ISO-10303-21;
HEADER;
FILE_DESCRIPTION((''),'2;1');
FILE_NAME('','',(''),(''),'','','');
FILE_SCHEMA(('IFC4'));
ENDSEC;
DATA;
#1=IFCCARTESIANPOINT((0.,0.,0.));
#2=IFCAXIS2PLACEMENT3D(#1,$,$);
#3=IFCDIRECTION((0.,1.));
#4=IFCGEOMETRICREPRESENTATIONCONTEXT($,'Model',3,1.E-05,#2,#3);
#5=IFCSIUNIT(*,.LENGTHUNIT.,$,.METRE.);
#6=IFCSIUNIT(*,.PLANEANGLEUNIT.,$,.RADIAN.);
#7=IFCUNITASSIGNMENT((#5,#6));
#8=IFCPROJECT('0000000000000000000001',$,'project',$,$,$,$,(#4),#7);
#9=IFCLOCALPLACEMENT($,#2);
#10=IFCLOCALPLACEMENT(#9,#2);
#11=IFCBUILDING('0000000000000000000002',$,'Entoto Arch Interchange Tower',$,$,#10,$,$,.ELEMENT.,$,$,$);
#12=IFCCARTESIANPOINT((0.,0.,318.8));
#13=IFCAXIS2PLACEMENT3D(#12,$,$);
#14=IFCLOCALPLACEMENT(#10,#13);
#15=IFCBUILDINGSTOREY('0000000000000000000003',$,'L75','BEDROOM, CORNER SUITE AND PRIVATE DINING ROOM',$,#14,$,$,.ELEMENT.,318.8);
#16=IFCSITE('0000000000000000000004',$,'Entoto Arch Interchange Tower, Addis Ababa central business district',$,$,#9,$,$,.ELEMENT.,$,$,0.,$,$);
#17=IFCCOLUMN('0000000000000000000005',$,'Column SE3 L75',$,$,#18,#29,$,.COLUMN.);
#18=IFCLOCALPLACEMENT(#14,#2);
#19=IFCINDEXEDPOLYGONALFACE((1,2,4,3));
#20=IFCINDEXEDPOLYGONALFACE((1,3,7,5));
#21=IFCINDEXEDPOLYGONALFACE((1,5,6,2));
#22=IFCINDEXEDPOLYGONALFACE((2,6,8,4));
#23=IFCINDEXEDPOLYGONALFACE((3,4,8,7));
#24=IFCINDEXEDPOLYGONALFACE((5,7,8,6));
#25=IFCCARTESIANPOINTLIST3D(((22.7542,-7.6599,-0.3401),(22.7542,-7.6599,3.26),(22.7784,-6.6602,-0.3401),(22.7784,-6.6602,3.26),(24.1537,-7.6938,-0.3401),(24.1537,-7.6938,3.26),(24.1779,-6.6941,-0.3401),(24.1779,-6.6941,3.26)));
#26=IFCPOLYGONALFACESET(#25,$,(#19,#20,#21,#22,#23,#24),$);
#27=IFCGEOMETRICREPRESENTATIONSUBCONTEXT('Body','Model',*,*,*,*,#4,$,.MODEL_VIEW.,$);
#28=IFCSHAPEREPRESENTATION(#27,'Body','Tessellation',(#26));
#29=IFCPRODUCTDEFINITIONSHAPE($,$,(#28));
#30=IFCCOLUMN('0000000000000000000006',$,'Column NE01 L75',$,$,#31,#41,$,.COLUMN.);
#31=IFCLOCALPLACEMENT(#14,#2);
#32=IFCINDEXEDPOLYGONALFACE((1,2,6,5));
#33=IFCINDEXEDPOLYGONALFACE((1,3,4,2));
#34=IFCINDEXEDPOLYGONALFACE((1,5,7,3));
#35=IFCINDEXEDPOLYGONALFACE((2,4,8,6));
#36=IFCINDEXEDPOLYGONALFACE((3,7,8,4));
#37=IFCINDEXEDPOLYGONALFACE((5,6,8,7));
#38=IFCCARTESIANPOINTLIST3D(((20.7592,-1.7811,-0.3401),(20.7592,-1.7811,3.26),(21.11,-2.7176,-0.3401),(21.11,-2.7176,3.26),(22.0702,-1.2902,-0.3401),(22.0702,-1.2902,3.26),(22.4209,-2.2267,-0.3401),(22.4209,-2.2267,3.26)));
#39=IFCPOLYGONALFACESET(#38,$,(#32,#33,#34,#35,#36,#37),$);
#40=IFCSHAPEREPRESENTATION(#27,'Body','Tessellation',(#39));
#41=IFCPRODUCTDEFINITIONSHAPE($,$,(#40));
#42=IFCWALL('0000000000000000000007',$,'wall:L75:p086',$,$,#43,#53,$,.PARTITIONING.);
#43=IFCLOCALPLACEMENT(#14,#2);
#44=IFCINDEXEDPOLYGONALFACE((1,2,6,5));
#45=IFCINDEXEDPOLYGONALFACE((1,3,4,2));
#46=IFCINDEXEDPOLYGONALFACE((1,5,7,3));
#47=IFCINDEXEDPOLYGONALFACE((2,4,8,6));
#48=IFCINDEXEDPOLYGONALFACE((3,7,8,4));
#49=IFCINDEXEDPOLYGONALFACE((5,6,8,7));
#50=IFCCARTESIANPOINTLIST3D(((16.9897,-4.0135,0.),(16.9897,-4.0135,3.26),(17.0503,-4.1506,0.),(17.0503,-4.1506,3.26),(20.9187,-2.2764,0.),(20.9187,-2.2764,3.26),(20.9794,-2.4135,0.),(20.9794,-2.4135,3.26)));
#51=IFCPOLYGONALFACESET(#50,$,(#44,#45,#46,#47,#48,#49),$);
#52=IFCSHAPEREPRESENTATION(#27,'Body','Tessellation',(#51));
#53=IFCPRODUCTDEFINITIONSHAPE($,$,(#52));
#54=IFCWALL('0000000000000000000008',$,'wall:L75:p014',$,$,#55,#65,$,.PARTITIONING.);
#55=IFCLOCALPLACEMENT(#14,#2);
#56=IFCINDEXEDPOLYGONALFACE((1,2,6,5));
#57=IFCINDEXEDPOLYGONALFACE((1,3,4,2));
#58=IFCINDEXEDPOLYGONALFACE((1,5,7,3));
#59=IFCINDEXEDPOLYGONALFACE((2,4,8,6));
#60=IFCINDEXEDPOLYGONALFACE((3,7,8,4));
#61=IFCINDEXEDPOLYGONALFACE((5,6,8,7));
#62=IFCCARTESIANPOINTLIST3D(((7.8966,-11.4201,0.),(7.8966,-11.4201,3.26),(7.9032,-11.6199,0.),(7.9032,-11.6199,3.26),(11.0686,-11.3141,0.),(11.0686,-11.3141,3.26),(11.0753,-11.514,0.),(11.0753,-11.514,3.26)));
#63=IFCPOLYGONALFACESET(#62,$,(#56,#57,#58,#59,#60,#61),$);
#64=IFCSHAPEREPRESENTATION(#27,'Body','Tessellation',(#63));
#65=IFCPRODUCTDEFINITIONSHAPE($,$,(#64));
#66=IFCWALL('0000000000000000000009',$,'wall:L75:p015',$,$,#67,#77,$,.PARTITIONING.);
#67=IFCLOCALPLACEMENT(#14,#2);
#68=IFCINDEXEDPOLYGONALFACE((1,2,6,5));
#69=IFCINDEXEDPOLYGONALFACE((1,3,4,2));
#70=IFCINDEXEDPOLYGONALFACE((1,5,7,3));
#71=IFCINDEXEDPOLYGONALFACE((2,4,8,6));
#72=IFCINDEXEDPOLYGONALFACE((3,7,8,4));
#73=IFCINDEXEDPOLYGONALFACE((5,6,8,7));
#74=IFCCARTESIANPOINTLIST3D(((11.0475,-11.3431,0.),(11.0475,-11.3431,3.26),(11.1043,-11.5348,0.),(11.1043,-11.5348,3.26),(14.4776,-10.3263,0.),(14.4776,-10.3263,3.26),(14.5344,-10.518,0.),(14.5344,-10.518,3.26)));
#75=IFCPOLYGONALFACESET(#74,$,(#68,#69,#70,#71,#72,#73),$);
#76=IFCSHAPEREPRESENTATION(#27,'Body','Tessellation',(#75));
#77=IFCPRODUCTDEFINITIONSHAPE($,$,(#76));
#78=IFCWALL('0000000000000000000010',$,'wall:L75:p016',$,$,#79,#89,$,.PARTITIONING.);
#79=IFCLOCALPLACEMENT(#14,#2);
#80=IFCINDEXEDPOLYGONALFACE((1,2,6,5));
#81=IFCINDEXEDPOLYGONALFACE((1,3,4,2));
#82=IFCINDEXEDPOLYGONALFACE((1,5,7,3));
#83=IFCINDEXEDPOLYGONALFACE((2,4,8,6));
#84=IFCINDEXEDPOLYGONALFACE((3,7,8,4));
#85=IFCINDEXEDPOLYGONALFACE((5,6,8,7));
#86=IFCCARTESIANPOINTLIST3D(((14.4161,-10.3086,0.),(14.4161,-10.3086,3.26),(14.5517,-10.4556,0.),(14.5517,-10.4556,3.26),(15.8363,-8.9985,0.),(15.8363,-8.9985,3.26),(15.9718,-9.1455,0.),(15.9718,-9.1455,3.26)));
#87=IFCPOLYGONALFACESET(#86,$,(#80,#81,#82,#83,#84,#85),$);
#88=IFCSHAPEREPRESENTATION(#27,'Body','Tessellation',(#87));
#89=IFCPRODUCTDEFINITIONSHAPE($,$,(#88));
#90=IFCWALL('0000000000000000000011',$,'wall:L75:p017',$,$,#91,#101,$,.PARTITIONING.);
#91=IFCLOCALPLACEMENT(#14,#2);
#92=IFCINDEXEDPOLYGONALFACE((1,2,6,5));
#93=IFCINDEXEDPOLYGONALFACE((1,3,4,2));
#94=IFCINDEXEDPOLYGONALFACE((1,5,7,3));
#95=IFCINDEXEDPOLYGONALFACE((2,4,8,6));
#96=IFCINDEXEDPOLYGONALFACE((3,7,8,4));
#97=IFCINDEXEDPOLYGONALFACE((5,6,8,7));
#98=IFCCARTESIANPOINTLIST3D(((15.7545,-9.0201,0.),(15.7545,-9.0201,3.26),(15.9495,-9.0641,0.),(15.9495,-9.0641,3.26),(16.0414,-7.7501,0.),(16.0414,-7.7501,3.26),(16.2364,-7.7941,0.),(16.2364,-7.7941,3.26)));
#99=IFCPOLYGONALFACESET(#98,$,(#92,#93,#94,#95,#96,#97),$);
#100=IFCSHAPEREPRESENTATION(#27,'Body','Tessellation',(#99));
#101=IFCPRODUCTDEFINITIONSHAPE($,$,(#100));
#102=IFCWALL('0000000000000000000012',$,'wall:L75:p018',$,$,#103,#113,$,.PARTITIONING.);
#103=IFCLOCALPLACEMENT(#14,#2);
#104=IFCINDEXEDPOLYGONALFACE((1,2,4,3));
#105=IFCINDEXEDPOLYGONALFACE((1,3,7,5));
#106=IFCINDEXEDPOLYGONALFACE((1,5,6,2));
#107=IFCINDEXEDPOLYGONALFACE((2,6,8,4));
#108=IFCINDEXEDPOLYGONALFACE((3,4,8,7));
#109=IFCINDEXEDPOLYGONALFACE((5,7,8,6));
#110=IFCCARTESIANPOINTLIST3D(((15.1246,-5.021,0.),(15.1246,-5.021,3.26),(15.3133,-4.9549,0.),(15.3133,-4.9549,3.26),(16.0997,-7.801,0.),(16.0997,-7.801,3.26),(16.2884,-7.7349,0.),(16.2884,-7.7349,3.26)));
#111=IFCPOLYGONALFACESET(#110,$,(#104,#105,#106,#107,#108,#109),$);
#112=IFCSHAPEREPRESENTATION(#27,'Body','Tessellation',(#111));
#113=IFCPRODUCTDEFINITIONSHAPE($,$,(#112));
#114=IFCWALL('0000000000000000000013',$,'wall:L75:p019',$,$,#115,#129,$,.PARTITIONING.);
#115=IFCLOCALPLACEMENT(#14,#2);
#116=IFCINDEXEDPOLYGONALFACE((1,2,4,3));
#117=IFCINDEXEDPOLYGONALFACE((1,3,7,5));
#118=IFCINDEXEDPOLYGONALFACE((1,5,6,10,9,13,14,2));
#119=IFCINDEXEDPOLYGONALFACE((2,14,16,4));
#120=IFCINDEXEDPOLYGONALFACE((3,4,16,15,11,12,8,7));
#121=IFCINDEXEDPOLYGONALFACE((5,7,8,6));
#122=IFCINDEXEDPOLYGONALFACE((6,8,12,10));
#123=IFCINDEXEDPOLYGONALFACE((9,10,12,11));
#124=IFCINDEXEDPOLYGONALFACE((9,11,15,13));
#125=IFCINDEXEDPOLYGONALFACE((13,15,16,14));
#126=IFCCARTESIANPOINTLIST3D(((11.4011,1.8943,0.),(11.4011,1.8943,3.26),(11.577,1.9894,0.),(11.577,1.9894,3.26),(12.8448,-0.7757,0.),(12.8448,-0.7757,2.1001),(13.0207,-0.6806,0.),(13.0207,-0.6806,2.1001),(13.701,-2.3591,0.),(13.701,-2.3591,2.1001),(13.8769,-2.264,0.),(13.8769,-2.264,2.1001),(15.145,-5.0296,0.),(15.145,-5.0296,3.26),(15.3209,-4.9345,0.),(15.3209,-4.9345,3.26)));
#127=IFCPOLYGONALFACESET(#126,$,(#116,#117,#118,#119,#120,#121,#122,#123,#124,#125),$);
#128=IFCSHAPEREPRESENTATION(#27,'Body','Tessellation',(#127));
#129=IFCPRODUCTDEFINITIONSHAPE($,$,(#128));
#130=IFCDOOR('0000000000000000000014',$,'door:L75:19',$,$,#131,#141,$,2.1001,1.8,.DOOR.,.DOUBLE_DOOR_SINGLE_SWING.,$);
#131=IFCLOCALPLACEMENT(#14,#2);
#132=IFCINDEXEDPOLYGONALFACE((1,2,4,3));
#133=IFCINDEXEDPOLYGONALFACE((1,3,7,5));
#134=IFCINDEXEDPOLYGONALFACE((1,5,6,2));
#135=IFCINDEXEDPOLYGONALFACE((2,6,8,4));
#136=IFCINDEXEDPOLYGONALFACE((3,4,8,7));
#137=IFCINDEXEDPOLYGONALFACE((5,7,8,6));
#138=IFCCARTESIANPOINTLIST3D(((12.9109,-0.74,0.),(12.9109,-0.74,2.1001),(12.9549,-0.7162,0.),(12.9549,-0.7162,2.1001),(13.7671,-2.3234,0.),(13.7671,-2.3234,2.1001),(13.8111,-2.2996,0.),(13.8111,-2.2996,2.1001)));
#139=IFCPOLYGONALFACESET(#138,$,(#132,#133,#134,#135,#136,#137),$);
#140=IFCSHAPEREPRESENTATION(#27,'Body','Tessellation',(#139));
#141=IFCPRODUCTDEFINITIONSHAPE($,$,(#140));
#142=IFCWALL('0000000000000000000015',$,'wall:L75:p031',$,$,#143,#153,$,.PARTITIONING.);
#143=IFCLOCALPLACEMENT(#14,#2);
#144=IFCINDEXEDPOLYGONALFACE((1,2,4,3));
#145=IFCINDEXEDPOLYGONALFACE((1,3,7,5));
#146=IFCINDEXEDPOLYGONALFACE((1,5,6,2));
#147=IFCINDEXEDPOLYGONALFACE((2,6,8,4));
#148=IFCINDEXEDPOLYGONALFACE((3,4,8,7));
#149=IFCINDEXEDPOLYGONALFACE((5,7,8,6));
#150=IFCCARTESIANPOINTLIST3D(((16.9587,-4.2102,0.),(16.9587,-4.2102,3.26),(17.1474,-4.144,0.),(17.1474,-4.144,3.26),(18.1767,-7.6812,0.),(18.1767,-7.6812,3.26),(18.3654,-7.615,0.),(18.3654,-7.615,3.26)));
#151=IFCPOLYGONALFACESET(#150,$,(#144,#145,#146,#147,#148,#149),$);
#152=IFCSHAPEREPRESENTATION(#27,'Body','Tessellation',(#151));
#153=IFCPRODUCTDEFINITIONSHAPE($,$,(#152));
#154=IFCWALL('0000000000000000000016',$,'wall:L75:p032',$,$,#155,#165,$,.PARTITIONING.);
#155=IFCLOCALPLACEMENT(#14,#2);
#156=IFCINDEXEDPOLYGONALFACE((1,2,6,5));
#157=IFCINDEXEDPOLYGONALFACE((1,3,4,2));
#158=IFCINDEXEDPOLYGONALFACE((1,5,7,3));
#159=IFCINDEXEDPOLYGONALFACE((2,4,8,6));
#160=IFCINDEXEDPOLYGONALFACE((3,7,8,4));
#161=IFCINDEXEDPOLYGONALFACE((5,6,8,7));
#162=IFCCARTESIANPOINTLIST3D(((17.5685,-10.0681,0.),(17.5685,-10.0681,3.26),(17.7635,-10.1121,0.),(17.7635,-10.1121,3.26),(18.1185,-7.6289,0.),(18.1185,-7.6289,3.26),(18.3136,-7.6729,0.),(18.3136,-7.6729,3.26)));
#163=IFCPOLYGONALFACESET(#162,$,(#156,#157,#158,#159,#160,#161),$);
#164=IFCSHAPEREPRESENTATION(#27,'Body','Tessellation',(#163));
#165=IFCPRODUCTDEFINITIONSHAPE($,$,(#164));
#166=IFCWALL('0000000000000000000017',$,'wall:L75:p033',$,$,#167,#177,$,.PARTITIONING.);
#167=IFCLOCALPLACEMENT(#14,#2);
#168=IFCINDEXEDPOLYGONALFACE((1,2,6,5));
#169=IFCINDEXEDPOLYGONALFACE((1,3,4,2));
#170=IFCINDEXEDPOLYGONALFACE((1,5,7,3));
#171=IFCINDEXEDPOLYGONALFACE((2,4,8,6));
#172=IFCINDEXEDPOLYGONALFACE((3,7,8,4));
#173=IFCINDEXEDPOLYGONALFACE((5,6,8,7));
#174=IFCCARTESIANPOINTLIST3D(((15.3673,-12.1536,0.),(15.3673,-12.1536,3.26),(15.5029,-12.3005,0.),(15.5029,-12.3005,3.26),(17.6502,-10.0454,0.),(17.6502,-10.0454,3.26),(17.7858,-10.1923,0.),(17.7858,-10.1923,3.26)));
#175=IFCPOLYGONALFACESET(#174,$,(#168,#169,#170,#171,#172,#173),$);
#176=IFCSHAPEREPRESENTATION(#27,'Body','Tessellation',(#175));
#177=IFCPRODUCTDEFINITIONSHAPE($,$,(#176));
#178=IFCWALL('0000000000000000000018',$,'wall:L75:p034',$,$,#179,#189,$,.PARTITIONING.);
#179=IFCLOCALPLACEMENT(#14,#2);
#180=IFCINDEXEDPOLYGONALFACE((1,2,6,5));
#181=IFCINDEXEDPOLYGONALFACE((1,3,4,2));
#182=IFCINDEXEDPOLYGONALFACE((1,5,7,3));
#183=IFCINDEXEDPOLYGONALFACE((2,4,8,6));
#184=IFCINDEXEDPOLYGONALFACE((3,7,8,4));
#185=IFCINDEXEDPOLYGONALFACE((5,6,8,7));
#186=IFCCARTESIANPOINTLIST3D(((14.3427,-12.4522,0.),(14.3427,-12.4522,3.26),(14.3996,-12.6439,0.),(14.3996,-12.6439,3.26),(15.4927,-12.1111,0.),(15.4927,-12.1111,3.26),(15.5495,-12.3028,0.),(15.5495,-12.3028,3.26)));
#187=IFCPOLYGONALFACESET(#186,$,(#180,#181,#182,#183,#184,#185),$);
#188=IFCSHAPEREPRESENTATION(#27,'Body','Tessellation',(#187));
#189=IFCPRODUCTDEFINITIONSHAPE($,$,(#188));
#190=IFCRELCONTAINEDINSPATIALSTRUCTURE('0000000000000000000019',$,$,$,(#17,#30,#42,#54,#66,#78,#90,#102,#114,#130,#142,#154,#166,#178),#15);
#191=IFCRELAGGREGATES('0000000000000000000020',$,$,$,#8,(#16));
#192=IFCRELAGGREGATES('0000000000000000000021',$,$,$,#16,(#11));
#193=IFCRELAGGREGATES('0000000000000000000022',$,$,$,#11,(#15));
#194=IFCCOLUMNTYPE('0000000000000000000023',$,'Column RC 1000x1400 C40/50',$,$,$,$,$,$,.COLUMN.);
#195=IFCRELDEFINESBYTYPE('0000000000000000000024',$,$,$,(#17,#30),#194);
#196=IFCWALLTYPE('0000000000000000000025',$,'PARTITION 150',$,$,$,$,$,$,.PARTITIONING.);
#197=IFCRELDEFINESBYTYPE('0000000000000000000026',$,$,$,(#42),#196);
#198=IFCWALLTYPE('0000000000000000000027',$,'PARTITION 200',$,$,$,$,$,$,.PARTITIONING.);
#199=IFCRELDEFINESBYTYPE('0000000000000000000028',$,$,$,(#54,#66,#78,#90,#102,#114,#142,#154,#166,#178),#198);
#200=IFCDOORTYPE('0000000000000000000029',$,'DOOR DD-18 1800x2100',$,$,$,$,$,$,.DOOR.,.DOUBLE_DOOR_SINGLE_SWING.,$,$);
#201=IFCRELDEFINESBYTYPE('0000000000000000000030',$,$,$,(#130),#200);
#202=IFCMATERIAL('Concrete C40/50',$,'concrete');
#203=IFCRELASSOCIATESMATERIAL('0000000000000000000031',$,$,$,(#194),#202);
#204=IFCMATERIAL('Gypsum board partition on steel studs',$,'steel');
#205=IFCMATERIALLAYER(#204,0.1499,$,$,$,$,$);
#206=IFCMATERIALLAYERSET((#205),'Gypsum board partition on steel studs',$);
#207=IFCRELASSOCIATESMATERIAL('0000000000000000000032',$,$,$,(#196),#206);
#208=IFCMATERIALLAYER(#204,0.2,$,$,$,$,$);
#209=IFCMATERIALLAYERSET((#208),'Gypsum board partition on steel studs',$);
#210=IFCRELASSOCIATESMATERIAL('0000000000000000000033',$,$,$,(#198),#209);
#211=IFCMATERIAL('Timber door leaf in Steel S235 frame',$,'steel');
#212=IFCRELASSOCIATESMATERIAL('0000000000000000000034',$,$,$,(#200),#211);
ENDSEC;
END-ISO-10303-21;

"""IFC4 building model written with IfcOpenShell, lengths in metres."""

from ifc_helpers import new_model, si_unit, direction, frame, frame_2d, origin, origin_2d, place, context, subcontext, project, spatial, rectangle, extrude, material, layer, layer_set, material_profile, profile_set, type_object, element, fill, save


model = new_model("IFC4")

# Units and contexts
model_context = context("Model", 3, precision=1e-05, world=origin(), true_north=direction((0.0, 1.0)))
body_context = subcontext(model_context, "Body", "Model", "MODEL_VIEW")
ifc_project = project(units=[si_unit("LENGTHUNIT", "METRE"), si_unit("PLANEANGLEUNIT", "RADIAN")], contexts=[model_context])

# Site, building, storey
site_placement = place(None, origin())
site = spatial("IfcSite", under=ifc_project, at=site_placement, Name="Entoto Arch Interchange Tower, Addis Ababa central business district", CompositionType="ELEMENT", RefElevation=0.0)
building_placement = place(site_placement, origin())
building = spatial("IfcBuilding", under=site, at=building_placement, Name="Entoto Arch Interchange Tower", CompositionType="ELEMENT")
storey_placement = place(building_placement, frame((0.0, 0.0, 318.8)))
storey = spatial("IfcBuildingStorey", under=building, at=storey_placement, Name="L75", Description="BEDROOM, CORNER SUITE AND PRIVATE DINING ROOM", CompositionType="ELEMENT", Elevation=318.8)

# Columns
ifc_material_1 = material(Name="Concrete C40/50", Category="concrete")
ifc_material_profile = material_profile(ifc_material_1, rectangle(XDim=1.0, YDim=1.3999, at=origin_2d()))
ifc_profile_set = profile_set([ifc_material_profile], Name="Concrete C40/50")
column_type = type_object("IfcColumnType", Name="Column RC 1000x1400 C40/50", PredefinedType="COLUMN", material=ifc_profile_set)
for number, where, z_axis, x_axis, name in (
    (1, (23.4661, -7.177, -0.3401), (0.0, 0.0, 1.0), (0.024258, 0.999706, 0.0), "Column SE3 L75"),
    (2, (21.5901, -2.0039, -0.3401), (0.0, 0.0, 1.0), (-0.350714, 0.936483, 0.0), "Column NE01 L75"),
):
    element("IfcColumn", number, at=place(storey_placement, frame(where, z_axis=z_axis, x_axis=x_axis)), inside=storey, type_object=column_type, Name=name, PredefinedType="COLUMN", context=body_context, shape_type="SweptSolid", body=[
        extrude(rectangle(XDim=1.0, YDim=1.3999, at=origin_2d()), origin(), (0.0, 0.0, 1.0), 3.6001),
    ])

# Walls
ifc_material_2 = material(Name="Gypsum board partition on steel studs", Category="steel")
ifc_layer_1 = layer(ifc_material_2, 0.1499)
ifc_layer_set_1 = layer_set([ifc_layer_1], Name="Gypsum board partition on steel studs")
wall_type_1 = type_object("IfcWallType", Name="PARTITION 150", PredefinedType="PARTITIONING", material=ifc_layer_set_1)
wall_1_placement = place(storey_placement, frame((17.02, -4.082, 0.0), z_axis=(0.0, 0.0, 1.0), x_axis=(0.9146, 0.404361, 0.0)))
element("IfcWall", 3, at=wall_1_placement, inside=storey, type_object=wall_type_1, Name="wall:L75:p086", PredefinedType="PARTITIONING", context=body_context, shape_type="SweptSolid", body=[
    extrude(rectangle(XDim=4.2959, YDim=0.1499, at=frame_2d((2.1479, 0.0))), origin(), (0.0, 0.0, 1.0), 3.26),
])
ifc_layer_2 = layer(ifc_material_2, 0.2)
ifc_layer_set_2 = layer_set([ifc_layer_2], Name="Gypsum board partition on steel studs")
wall_type_2 = type_object("IfcWallType", Name="PARTITION 200", PredefinedType="PARTITIONING", material=ifc_layer_set_2)
wall_2_placement = place(storey_placement, frame((7.8999, -11.52, 0.0), z_axis=(0.0, 0.0, 1.0), x_axis=(0.999443, 0.033384, 0.0)))
element("IfcWall", 4, at=wall_2_placement, inside=storey, type_object=wall_type_2, Name="wall:L75:p014", PredefinedType="PARTITIONING", context=body_context, shape_type="SweptSolid", body=[
    extrude(rectangle(XDim=3.1738, YDim=0.2, at=frame_2d((1.5869, 0.0))), origin(), (0.0, 0.0, 1.0), 3.26),
])
wall_3_placement = place(storey_placement, frame((11.0759, -11.439, 0.0), z_axis=(0.0, 0.0, 1.0), x_axis=(0.95876, 0.284216, 0.0)))
element("IfcWall", 5, at=wall_3_placement, inside=storey, type_object=wall_type_2, Name="wall:L75:p015", PredefinedType="PARTITIONING", context=body_context, shape_type="SweptSolid", body=[
    extrude(rectangle(XDim=3.5776, YDim=0.2, at=frame_2d((1.7888, 0.0))), origin(), (0.0, 0.0, 1.0), 3.26),
])
wall_4_placement = place(storey_placement, frame((14.4839, -10.3821, 0.0), z_axis=(0.0, 0.0, 1.0), x_axis=(0.735026, 0.678039, 0.0)))
element("IfcWall", 6, at=wall_4_placement, inside=storey, type_object=wall_type_2, Name="wall:L75:p016", PredefinedType="PARTITIONING", context=body_context, shape_type="SweptSolid", body=[
    extrude(rectangle(XDim=1.9321, YDim=0.2, at=frame_2d((0.9661, 0.0))), origin(), (0.0, 0.0, 1.0), 3.26),
])
wall_5_placement = place(storey_placement, frame((15.8521, -9.042, 0.0), z_axis=(0.0, 0.0, 1.0), x_axis=(0.220324, 0.975427, 0.0)))
element("IfcWall", 7, at=wall_5_placement, inside=storey, type_object=wall_type_2, Name="wall:L75:p017", PredefinedType="PARTITIONING", context=body_context, shape_type="SweptSolid", body=[
    extrude(rectangle(XDim=1.302, YDim=0.2, at=frame_2d((0.6509, 0.0))), origin(), (0.0, 0.0, 1.0), 3.26),
])
wall_6_placement = place(storey_placement, frame((16.1941, -7.7681, 0.0), z_axis=(0.0, 0.0, 1.0), x_axis=(-0.330982, 0.943637, 0.0)))
element("IfcWall", 8, at=wall_6_placement, inside=storey, type_object=wall_type_2, Name="wall:L75:p018", PredefinedType="PARTITIONING", context=body_context, shape_type="SweptSolid", body=[
    extrude(rectangle(XDim=2.946, YDim=0.2, at=frame_2d((1.4731, 0.0))), origin(), (0.0, 0.0, 1.0), 3.26),
])

# Wall, opening, door
wall_7_placement = place(storey_placement, frame((15.2329, -4.9819, 0.0), z_axis=(0.0, 0.0, 1.0), x_axis=(-0.475644, 0.879638, 0.0)))
wall_7 = element("IfcWall", 9, at=wall_7_placement, inside=storey, type_object=wall_type_2, Name="wall:L75:p019", PredefinedType="PARTITIONING", context=body_context, shape_type="SweptSolid", body=[
    extrude(rectangle(XDim=7.8713, YDim=0.2, at=frame_2d((3.9355, 0.0))), origin(), (0.0, 0.0, 1.0), 3.26),
])
opening_1_placement = place(wall_7_placement, frame((3.0359, 0.0, 0.0)))
opening_1 = element("IfcOpeningElement", 10, at=opening_1_placement, cuts=wall_7, PredefinedType="OPENING", context=body_context, shape_type="SweptSolid", body=[
    extrude(rectangle(XDim=1.8, YDim=2.1001, at=frame_2d((0.8999, 1.05))), frame((0.0, 0.1099, 0.0), z_axis=(0.0, -1.0, 0.0), x_axis=(1.0, 0.0, 0.0)), (0.0, 0.0, 1.0), 0.22),
])
ifc_material_3 = material(Name="Timber door leaf in Steel S235 frame", Category="steel")
door_type = type_object("IfcDoorType", Name="DOOR DD-18 1800x2100", OperationType="DOUBLE_DOOR_SINGLE_SWING", PredefinedType="DOOR", material=ifc_material_3)
door_placement = place(opening_1_placement, origin())
door = element("IfcDoor", 11, at=door_placement, inside=storey, type_object=door_type, Name="door:L75:19", OperationType="DOUBLE_DOOR_SINGLE_SWING", OverallHeight=2.1001, OverallWidth=1.8, PredefinedType="DOOR", context=body_context, shape_type="SweptSolid", body=[
    extrude(rectangle(XDim=1.8, YDim=2.1001, at=frame_2d((0.8999, 1.05))), frame((0.0, 0.0249, 0.0), z_axis=(0.0, -1.0, 0.0), x_axis=(1.0, 0.0, 0.0)), (0.0, 0.0, 1.0), 0.05),
])
fill(opening_1, door)

# Walls
wall_8_placement = place(storey_placement, frame((17.053, -4.177, 0.0), z_axis=(0.0, 0.0, 1.0), x_axis=(0.331122, -0.943588, 0.0)))
element("IfcWall", 12, at=wall_8_placement, inside=storey, type_object=wall_type_2, Name="wall:L75:p031", PredefinedType="PARTITIONING", context=body_context, shape_type="SweptSolid", body=[
    extrude(rectangle(XDim=3.6785, YDim=0.2, at=frame_2d((1.8394, 0.0))), origin(), (0.0, 0.0, 1.0), 3.26),
])
wall_9_placement = place(storey_placement, frame((18.2161, -7.6509, 0.0), z_axis=(0.0, 0.0, 1.0), x_axis=(-0.219979, -0.975505, 0.0)))
element("IfcWall", 13, at=wall_9_placement, inside=storey, type_object=wall_type_2, Name="wall:L75:p032", PredefinedType="PARTITIONING", context=body_context, shape_type="SweptSolid", body=[
    extrude(rectangle(XDim=2.5005, YDim=0.2, at=frame_2d((1.2502, 0.0))), origin(), (0.0, 0.0, 1.0), 3.26),
])
wall_10_placement = place(storey_placement, frame((17.718, -10.1189, 0.0), z_axis=(0.0, 0.0, 1.0), x_axis=(-0.734674, -0.67842, 0.0)))
element("IfcWall", 14, at=wall_10_placement, inside=storey, type_object=wall_type_2, Name="wall:L75:p033", PredefinedType="PARTITIONING", context=body_context, shape_type="SweptSolid", body=[
    extrude(rectangle(XDim=3.1074, YDim=0.2, at=frame_2d((1.5537, 0.0))), origin(), (0.0, 0.0, 1.0), 3.26),
])
wall_11_placement = place(storey_placement, frame((15.521, -12.207, 0.0), z_axis=(0.0, 0.0, 1.0), x_axis=(-0.958718, -0.284359, 0.0)))
element("IfcWall", 15, at=wall_11_placement, inside=storey, type_object=wall_type_2, Name="wall:L75:p034", PredefinedType="PARTITIONING", context=body_context, shape_type="SweptSolid", body=[
    extrude(rectangle(XDim=1.1995, YDim=0.2, at=frame_2d((0.5996, 0.0))), origin(), (0.0, 0.0, 1.0), 3.26),
])

save(model, "model.ifc")
